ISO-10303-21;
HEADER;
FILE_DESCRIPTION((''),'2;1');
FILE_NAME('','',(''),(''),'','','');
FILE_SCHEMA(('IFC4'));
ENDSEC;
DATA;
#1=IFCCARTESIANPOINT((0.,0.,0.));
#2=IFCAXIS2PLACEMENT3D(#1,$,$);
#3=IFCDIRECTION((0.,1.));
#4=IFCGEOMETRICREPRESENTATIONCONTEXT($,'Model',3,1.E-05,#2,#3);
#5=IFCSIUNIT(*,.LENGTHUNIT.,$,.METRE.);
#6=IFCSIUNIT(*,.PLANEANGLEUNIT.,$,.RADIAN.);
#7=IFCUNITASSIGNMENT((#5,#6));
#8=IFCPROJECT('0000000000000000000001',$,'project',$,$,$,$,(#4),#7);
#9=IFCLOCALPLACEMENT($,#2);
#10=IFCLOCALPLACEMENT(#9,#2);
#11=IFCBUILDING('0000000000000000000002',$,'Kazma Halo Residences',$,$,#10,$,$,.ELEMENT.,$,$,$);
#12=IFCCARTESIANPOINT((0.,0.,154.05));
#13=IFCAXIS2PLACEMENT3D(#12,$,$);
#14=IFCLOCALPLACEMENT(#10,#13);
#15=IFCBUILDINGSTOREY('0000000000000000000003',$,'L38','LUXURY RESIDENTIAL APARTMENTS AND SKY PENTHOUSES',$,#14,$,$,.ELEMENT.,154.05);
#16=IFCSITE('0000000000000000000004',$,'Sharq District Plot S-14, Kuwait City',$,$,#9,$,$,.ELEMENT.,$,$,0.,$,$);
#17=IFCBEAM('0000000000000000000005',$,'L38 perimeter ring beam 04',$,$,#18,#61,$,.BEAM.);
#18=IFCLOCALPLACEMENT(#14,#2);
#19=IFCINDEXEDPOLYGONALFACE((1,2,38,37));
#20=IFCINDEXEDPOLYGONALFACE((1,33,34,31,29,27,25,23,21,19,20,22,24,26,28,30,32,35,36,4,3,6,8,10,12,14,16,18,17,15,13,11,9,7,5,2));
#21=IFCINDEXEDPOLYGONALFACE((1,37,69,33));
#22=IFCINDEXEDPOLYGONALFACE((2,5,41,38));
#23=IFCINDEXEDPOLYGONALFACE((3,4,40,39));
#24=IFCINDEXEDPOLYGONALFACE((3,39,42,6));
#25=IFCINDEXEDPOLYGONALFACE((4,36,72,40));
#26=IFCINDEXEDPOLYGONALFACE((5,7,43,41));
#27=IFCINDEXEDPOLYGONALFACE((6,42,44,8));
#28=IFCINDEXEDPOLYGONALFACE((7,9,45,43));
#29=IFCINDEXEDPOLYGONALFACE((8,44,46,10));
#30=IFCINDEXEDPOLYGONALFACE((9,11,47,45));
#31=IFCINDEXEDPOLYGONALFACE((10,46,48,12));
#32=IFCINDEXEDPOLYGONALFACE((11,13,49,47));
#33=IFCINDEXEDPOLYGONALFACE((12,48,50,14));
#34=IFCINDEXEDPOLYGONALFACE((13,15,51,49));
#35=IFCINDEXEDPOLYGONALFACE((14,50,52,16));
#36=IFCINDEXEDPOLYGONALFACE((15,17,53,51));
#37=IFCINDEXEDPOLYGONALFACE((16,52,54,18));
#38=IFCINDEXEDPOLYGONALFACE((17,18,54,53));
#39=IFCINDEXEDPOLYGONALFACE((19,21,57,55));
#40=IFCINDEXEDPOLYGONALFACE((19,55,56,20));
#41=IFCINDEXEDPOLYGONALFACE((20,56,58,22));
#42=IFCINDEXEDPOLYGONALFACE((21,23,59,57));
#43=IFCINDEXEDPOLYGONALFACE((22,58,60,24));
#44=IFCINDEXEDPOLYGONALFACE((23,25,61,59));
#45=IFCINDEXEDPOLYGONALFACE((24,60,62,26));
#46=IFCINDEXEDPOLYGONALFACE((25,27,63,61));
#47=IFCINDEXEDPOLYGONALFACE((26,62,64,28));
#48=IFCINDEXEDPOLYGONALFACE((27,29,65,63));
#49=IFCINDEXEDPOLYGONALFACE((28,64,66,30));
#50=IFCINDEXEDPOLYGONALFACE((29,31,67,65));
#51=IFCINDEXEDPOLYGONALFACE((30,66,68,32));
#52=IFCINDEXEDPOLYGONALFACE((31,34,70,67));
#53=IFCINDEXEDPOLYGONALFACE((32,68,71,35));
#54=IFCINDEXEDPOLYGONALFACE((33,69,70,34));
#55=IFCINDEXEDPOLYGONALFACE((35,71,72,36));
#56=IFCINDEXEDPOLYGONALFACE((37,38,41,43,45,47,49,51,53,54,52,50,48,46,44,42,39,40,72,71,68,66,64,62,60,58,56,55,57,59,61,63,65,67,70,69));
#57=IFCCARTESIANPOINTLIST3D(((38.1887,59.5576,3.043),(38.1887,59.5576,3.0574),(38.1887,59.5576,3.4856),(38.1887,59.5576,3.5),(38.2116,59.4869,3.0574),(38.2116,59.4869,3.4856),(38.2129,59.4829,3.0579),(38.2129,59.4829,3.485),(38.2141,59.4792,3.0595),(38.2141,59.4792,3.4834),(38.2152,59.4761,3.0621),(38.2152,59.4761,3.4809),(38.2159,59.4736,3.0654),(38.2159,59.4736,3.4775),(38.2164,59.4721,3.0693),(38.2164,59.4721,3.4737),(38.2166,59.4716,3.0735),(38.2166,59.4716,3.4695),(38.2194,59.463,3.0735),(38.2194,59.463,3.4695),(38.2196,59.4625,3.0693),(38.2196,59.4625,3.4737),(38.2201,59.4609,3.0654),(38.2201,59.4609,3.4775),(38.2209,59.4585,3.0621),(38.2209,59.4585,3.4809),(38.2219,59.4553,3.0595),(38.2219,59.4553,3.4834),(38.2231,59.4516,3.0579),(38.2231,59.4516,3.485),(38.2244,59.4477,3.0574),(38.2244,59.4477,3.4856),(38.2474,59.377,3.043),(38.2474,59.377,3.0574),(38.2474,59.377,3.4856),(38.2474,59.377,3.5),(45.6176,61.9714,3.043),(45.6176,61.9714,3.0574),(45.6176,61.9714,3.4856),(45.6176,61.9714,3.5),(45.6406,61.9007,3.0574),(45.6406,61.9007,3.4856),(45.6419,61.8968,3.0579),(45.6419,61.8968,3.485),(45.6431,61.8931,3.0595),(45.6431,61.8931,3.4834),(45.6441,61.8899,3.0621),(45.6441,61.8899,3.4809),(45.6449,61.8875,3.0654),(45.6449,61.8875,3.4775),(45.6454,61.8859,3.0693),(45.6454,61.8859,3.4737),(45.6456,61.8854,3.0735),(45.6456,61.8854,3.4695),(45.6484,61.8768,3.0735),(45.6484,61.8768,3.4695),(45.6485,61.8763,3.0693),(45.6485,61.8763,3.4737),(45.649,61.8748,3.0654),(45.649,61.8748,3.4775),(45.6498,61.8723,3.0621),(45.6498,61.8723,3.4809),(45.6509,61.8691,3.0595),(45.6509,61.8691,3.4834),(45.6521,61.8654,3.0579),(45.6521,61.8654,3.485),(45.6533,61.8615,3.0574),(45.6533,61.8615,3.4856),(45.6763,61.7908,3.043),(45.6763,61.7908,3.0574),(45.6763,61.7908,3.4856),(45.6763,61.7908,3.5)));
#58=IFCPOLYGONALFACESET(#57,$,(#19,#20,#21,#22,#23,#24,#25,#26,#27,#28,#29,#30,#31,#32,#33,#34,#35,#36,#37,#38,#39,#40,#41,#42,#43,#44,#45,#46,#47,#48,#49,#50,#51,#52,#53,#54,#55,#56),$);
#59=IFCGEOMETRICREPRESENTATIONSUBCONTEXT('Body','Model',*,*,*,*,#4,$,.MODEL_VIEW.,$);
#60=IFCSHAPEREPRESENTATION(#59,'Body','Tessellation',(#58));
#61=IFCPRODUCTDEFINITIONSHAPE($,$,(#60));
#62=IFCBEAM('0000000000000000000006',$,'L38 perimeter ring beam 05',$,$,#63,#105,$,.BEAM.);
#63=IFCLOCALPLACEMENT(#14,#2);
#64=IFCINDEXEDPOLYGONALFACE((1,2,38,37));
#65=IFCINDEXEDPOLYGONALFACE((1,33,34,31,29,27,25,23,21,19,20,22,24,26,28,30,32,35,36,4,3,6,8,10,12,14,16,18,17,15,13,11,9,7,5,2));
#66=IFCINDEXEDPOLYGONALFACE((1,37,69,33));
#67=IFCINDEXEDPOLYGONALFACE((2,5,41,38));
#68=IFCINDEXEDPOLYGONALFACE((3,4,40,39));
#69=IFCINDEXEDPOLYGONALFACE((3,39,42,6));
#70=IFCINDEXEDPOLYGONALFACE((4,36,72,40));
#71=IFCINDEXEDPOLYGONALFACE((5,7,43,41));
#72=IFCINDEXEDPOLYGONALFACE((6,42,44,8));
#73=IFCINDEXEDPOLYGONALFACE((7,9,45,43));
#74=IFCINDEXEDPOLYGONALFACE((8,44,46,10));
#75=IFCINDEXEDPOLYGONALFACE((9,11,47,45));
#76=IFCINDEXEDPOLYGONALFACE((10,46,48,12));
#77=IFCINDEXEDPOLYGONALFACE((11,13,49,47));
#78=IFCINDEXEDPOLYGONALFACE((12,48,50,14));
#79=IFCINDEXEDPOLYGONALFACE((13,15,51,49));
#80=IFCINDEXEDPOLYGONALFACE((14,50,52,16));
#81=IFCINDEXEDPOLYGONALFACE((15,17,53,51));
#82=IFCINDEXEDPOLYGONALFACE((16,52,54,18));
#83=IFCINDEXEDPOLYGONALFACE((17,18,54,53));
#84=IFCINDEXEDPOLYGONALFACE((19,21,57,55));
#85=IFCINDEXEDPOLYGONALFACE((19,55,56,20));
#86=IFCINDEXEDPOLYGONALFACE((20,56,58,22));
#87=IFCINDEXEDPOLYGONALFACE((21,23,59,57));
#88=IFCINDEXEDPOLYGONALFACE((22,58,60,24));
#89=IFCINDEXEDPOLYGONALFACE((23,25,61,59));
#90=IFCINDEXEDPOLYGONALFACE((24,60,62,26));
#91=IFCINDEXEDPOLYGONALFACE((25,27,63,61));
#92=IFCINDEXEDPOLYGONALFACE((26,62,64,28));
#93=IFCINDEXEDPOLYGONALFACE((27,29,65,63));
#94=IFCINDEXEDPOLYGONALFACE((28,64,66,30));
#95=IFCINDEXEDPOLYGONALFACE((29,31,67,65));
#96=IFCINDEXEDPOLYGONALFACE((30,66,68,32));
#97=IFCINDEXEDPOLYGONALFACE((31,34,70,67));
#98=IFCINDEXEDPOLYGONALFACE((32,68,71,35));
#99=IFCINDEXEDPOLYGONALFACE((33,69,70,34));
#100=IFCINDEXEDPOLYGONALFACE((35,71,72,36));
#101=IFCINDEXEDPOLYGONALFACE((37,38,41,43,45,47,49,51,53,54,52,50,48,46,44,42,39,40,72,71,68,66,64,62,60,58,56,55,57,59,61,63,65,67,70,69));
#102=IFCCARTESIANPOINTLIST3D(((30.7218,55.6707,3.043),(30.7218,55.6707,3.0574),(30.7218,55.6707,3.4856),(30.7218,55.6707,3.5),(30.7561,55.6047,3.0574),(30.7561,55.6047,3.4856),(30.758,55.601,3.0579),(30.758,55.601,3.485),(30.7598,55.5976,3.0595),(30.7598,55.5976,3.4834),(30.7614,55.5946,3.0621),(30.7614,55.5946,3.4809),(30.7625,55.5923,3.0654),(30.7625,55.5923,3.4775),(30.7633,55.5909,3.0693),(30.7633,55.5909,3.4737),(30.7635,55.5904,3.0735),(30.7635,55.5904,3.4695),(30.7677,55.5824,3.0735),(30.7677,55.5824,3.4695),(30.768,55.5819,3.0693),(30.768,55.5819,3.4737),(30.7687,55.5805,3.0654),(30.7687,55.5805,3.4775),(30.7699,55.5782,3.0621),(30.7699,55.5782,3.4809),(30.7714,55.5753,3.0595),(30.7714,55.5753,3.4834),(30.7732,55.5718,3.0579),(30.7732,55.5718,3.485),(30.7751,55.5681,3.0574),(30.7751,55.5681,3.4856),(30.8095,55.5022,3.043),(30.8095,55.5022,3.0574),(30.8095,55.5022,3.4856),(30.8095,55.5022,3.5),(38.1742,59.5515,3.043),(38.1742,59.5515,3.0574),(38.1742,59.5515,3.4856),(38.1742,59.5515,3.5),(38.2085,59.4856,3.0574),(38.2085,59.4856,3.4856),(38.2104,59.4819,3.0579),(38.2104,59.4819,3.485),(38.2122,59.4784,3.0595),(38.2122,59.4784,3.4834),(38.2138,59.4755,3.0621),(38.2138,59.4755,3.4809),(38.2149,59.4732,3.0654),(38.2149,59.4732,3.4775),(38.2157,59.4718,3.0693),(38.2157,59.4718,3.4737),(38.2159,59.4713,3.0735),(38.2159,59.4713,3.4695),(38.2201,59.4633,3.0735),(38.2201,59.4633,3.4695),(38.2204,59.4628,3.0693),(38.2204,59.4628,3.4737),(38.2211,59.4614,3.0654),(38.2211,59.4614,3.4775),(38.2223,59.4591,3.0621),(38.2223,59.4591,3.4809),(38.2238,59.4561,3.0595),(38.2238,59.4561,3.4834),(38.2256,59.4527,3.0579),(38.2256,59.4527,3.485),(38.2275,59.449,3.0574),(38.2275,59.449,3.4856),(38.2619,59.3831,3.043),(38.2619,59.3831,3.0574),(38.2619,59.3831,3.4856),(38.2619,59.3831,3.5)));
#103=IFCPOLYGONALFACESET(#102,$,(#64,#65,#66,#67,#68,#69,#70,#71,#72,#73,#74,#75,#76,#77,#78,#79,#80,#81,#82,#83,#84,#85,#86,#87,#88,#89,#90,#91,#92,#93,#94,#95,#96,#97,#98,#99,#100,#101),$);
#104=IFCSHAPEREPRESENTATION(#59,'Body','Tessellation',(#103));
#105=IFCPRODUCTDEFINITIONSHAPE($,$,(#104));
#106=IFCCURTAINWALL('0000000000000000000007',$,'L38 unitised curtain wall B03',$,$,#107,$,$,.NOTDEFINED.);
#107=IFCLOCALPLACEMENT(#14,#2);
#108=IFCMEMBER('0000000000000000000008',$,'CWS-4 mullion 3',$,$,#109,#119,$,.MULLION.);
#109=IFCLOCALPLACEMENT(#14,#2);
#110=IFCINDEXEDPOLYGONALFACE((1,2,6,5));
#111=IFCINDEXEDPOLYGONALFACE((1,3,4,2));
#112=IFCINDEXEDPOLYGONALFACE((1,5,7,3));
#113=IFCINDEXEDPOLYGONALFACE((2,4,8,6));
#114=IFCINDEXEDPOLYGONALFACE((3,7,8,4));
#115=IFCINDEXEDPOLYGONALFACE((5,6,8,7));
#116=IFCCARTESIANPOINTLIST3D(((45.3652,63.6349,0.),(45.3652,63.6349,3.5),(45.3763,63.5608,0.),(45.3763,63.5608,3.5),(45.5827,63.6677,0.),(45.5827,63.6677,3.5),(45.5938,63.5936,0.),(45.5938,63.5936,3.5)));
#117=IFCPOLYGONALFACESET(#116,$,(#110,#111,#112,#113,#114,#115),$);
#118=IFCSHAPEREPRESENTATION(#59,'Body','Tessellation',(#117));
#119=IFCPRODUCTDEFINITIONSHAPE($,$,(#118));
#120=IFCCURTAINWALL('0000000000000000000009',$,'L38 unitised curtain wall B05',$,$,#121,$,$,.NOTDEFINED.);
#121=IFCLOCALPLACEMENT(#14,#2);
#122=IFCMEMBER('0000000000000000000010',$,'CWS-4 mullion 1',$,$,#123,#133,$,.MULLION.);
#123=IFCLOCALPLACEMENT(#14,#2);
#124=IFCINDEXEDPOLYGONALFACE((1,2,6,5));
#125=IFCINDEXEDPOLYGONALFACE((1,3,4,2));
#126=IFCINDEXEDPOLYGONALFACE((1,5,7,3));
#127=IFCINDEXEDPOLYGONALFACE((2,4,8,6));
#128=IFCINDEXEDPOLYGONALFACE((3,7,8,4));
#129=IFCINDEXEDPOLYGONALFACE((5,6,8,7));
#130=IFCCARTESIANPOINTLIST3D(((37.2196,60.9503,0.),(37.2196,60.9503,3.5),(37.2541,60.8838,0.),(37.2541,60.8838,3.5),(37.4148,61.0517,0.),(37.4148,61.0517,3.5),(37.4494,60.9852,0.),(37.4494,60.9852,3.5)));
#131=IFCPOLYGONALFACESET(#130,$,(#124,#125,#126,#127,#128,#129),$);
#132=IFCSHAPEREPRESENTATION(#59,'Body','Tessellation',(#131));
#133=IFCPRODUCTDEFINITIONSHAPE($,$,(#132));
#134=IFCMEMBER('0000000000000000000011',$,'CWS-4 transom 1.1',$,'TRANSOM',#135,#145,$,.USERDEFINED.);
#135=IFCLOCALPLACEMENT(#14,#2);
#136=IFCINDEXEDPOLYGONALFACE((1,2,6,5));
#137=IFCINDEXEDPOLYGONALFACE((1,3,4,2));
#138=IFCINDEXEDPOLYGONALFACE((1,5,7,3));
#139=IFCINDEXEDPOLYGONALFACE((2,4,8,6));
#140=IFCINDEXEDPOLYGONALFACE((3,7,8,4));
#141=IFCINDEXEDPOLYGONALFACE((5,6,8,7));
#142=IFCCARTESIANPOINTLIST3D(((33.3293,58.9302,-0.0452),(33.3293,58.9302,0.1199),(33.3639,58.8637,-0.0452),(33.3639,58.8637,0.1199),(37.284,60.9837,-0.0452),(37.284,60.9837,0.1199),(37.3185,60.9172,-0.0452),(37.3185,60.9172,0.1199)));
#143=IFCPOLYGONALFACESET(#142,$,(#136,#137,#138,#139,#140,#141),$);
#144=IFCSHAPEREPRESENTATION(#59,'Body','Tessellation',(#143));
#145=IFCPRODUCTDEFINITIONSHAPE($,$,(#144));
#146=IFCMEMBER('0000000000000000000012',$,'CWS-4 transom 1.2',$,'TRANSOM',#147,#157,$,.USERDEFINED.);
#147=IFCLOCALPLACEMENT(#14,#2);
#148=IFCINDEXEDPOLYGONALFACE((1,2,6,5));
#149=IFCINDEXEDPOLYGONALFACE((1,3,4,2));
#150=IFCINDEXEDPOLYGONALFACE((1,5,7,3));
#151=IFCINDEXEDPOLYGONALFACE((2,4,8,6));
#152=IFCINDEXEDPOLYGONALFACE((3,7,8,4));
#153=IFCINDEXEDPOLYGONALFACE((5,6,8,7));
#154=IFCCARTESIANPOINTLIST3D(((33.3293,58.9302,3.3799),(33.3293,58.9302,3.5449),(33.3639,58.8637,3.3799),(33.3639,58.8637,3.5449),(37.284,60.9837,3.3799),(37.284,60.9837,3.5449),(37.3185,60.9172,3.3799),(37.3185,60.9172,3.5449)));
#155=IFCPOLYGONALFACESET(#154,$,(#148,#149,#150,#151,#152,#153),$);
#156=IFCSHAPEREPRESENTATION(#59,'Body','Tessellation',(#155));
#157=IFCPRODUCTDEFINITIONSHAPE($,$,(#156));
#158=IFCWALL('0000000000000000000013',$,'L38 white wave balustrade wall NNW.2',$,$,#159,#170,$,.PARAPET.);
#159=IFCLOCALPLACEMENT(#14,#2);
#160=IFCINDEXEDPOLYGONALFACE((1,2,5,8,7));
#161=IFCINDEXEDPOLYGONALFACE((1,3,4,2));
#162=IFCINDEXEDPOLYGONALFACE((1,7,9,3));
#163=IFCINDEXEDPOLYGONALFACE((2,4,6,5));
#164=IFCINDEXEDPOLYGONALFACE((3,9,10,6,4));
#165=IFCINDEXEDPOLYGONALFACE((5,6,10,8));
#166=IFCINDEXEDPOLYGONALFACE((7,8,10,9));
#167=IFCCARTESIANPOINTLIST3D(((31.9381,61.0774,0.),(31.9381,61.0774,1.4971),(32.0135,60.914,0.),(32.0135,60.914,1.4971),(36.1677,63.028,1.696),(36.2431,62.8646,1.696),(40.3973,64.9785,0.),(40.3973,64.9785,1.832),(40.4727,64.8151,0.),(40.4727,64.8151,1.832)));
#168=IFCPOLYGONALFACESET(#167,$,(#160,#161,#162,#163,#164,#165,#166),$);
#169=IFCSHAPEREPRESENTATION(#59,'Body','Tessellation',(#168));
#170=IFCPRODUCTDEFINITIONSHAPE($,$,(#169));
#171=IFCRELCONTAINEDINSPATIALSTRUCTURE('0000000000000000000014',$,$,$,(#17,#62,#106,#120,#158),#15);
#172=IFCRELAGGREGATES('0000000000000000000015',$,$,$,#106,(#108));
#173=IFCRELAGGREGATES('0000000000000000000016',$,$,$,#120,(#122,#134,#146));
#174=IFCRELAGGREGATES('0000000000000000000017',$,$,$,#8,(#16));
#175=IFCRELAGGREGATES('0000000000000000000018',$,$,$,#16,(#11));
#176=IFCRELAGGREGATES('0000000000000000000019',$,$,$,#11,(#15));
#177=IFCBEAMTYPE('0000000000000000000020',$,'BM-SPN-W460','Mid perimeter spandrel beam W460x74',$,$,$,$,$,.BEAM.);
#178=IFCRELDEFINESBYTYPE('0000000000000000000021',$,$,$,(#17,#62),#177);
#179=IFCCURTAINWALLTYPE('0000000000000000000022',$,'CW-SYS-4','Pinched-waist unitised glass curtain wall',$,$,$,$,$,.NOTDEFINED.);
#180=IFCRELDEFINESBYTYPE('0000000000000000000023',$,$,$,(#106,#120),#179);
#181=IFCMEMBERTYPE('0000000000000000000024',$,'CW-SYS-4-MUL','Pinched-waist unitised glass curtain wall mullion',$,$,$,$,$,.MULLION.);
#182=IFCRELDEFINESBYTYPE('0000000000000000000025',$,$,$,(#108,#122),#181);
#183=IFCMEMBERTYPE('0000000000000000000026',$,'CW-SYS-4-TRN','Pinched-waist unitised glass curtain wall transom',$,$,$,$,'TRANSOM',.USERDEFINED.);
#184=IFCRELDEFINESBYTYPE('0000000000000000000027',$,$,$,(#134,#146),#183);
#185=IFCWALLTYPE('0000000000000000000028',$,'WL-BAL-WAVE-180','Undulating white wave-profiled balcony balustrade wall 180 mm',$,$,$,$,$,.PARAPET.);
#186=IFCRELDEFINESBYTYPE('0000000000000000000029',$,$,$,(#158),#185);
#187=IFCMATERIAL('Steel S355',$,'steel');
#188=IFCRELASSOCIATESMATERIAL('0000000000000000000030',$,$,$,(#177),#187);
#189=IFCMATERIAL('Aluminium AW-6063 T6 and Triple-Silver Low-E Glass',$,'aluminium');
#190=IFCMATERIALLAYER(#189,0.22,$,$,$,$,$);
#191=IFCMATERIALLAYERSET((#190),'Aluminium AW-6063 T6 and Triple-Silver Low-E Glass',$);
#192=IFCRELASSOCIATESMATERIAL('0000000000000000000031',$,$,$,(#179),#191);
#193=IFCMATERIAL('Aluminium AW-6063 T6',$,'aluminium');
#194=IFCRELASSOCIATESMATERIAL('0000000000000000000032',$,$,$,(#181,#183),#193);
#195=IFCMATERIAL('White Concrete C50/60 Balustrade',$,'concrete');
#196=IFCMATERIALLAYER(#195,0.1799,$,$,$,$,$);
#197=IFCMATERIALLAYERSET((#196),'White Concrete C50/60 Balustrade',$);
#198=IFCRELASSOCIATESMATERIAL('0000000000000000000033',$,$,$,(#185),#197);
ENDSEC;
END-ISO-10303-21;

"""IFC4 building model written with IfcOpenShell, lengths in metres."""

from ifc_helpers import new_model, si_unit, direction, frame, origin, origin_2d, place, context, subcontext, project, spatial, polyline, rectangle, i_section, outline, extrude, material, layer, layer_set, material_profile, profile_set, type_object, element, aggregate, save


model = new_model("IFC4")

# Units and contexts
model_context = context("Model", 3, precision=1e-05, world=origin(), true_north=direction((0.0, 1.0)))
body_context = subcontext(model_context, "Body", "Model", "MODEL_VIEW")
ifc_project = project(units=[si_unit("LENGTHUNIT", "METRE"), si_unit("PLANEANGLEUNIT", "RADIAN")], contexts=[model_context])

# Site, building, storey
site_placement = place(None, origin())
site = spatial("IfcSite", under=ifc_project, at=site_placement, Name="Sharq District Plot S-14, Kuwait City", CompositionType="ELEMENT", RefElevation=0.0)
building_placement = place(site_placement, origin())
building = spatial("IfcBuilding", under=site, at=building_placement, Name="Kazma Halo Residences", CompositionType="ELEMENT")
storey_placement = place(building_placement, frame((0.0, 0.0, 154.05)))
storey = spatial("IfcBuildingStorey", under=building, at=storey_placement, Name="L38", Description="LUXURY RESIDENTIAL APARTMENTS AND SKY PENTHOUSES", CompositionType="ELEMENT", Elevation=154.05)

# Beams
ifc_material_1 = material(Name="Steel S355", Category="steel")
ifc_material_profile_1 = material_profile(ifc_material_1, i_section(OverallWidth=0.1899, OverallDepth=0.457, WebThickness=0.009, FlangeThickness=0.0144, FilletRadius=0.0161, at=origin_2d()), Name="W460x74")
ifc_profile_set_1 = profile_set([ifc_material_profile_1], Name="Steel S355")
beam_type_1 = type_object("IfcBeamType", Name="BM-SPN-W460", Description="Mid perimeter spandrel beam W460x74", PredefinedType="BEAM", material=ifc_profile_set_1)
beam_1_placement = place(storey_placement, frame((45.647, 61.8811, 3.2715), z_axis=(-0.951056, -0.309018, 0.0), x_axis=(0.309018, -0.951056, 0.0)))
element("IfcBeam", 1, at=beam_1_placement, inside=storey, type_object=beam_type_1, Name="L38 perimeter ring beam 04", PredefinedType="BEAM", context=body_context, shape_type="SweptSolid", body=[
    extrude(i_section(OverallWidth=0.1899, OverallDepth=0.457, WebThickness=0.009, FlangeThickness=0.0144, FilletRadius=0.0161, at=origin_2d()), origin(), (0.0, 0.0, 1.0), 7.8113),
])
beam_2_placement = place(storey_placement, frame((38.218, 59.4673, 3.2715), z_axis=(-0.886943, -0.461879, 0.0), x_axis=(0.461879, -0.886943, 0.0)))
element("IfcBeam", 2, at=beam_2_placement, inside=storey, type_object=beam_type_1, Name="L38 perimeter ring beam 05", PredefinedType="BEAM", context=body_context, shape_type="SweptSolid", body=[
    extrude(i_section(OverallWidth=0.1899, OverallDepth=0.457, WebThickness=0.009, FlangeThickness=0.0144, FilletRadius=0.0161, at=origin_2d()), origin(), (0.0, 0.0, 1.0), 8.4023),
])

# Curtain wall, member
ifc_material_2 = material(Name="Aluminium AW-6063 T6 and Triple-Silver Low-E Glass", Category="aluminium")
ifc_layer_1 = layer(ifc_material_2, 0.22)
ifc_layer_set_1 = layer_set([ifc_layer_1], Name="Aluminium AW-6063 T6 and Triple-Silver Low-E Glass")
curtain_wall_type = type_object("IfcCurtainWallType", Name="CW-SYS-4", Description="Pinched-waist unitised glass curtain wall", PredefinedType="NOTDEFINED", material=ifc_layer_set_1)
curtain_wall_1_placement = place(storey_placement, origin())
curtain_wall_1 = element("IfcCurtainWall", 3, at=curtain_wall_1_placement, inside=storey, type_object=curtain_wall_type, Name="L38 unitised curtain wall B03", PredefinedType="NOTDEFINED")
ifc_material_3 = material(Name="Aluminium AW-6063 T6", Category="aluminium")
ifc_material_profile_2 = material_profile(ifc_material_3, rectangle(XDim=0.075, YDim=0.22, at=origin_2d()), Name="CWM-75x220")
ifc_profile_set_2 = profile_set([ifc_material_profile_2], Name="Aluminium AW-6063 T6")
member_type_1 = type_object("IfcMemberType", Name="CW-SYS-4-MUL", Description="Pinched-waist unitised glass curtain wall mullion", PredefinedType="MULLION", material=ifc_profile_set_2)
member_1_placement = place(storey_placement, frame((45.4795, 63.6143, 0.0), z_axis=(0.0, 0.0, 1.0), x_axis=(0.148821, -0.988864, 0.0)))
member_1 = element("IfcMember", 4, at=member_1_placement, type_object=member_type_1, Name="CWS-4 mullion 3", PredefinedType="MULLION", context=body_context, shape_type="SweptSolid", body=[
    extrude(rectangle(XDim=0.075, YDim=0.22, at=origin_2d()), origin(), (0.0, 0.0, 1.0), 3.5),
])
aggregate(curtain_wall_1, [member_1])

# Curtain wall, members
curtain_wall_2_placement = place(storey_placement, origin())
curtain_wall_2 = element("IfcCurtainWall", 5, at=curtain_wall_2_placement, inside=storey, type_object=curtain_wall_type, Name="L38 unitised curtain wall B05", PredefinedType="NOTDEFINED")
member_2_placement = place(storey_placement, frame((37.3345, 60.9678, 0.0), z_axis=(0.0, 0.0, 1.0), x_axis=(0.460837, -0.887485, 0.0)))
member_2 = element("IfcMember", 6, at=member_2_placement, type_object=member_type_1, Name="CWS-4 mullion 1", PredefinedType="MULLION", context=body_context, shape_type="SweptSolid", body=[
    extrude(rectangle(XDim=0.075, YDim=0.22, at=origin_2d()), origin(), (0.0, 0.0, 1.0), 3.5),
])
ifc_material_profile_3 = material_profile(ifc_material_3, rectangle(XDim=0.075, YDim=0.165, at=origin_2d()), Name="CWT-75x165")
ifc_profile_set_3 = profile_set([ifc_material_profile_3], Name="Aluminium AW-6063 T6")
member_type_2 = type_object("IfcMemberType", Name="CW-SYS-4-TRN", Description="Pinched-waist unitised glass curtain wall transom", ElementType="TRANSOM", PredefinedType="USERDEFINED", material=ifc_profile_set_3)
member_3_placement = place(storey_placement, frame((37.3013, 60.9504, 0.0374), z_axis=(-0.887485, -0.460837, 0.0), x_axis=(0.460837, -0.887485, 0.0)))
member_3 = element("IfcMember", 7, at=member_3_placement, type_object=member_type_2, Name="CWS-4 transom 1.1", ObjectType="TRANSOM", PredefinedType="USERDEFINED", context=body_context, shape_type="SweptSolid", body=[
    extrude(rectangle(XDim=0.075, YDim=0.165, at=origin_2d()), origin(), (0.0, 0.0, 1.0), 4.4561),
])
member_4_placement = place(storey_placement, frame((37.3013, 60.9504, 3.4624), z_axis=(-0.887485, -0.460837, 0.0), x_axis=(0.460837, -0.887485, 0.0)))
member_4 = element("IfcMember", 8, at=member_4_placement, type_object=member_type_2, Name="CWS-4 transom 1.2", ObjectType="TRANSOM", PredefinedType="USERDEFINED", context=body_context, shape_type="SweptSolid", body=[
    extrude(rectangle(XDim=0.075, YDim=0.165, at=origin_2d()), origin(), (0.0, 0.0, 1.0), 4.4561),
])
aggregate(curtain_wall_2, [member_2, member_3, member_4])

# Wall
ifc_material_4 = material(Name="White Concrete C50/60 Balustrade", Category="concrete")
ifc_layer_2 = layer(ifc_material_4, 0.1799)
ifc_layer_set_2 = layer_set([ifc_layer_2], Name="White Concrete C50/60 Balustrade")
wall_type_1 = type_object("IfcWallType", Name="WL-BAL-WAVE-180", Description="Undulating white wave-profiled balcony balustrade wall 180 mm", PredefinedType="PARAPET", material=ifc_layer_set_2)
wall_1_placement = place(storey_placement, frame((40.4351, 64.8967, 0.0), z_axis=(0.0, 0.0, 1.0), x_axis=(-0.908087, -0.418781, 0.0)))
element("IfcWall", 9, at=wall_1_placement, inside=storey, type_object=wall_type_1, Name="L38 white wave balustrade wall NNW.2", PredefinedType="PARAPET", context=body_context, shape_type="SweptSolid", body=[
    extrude(outline(polyline([(0.0, 0.0), (9.3154, 0.0), (9.3154, 1.4971), (4.6577, 1.696), (0.0, 1.832), (0.0, 0.0)])), frame((0.0, 0.0898, 0.0), z_axis=(0.0, -1.0, 0.0), x_axis=(1.0, 0.0, 0.0)), (0.0, 0.0, 1.0), 0.1799),
])

save(model, "model.ifc")
